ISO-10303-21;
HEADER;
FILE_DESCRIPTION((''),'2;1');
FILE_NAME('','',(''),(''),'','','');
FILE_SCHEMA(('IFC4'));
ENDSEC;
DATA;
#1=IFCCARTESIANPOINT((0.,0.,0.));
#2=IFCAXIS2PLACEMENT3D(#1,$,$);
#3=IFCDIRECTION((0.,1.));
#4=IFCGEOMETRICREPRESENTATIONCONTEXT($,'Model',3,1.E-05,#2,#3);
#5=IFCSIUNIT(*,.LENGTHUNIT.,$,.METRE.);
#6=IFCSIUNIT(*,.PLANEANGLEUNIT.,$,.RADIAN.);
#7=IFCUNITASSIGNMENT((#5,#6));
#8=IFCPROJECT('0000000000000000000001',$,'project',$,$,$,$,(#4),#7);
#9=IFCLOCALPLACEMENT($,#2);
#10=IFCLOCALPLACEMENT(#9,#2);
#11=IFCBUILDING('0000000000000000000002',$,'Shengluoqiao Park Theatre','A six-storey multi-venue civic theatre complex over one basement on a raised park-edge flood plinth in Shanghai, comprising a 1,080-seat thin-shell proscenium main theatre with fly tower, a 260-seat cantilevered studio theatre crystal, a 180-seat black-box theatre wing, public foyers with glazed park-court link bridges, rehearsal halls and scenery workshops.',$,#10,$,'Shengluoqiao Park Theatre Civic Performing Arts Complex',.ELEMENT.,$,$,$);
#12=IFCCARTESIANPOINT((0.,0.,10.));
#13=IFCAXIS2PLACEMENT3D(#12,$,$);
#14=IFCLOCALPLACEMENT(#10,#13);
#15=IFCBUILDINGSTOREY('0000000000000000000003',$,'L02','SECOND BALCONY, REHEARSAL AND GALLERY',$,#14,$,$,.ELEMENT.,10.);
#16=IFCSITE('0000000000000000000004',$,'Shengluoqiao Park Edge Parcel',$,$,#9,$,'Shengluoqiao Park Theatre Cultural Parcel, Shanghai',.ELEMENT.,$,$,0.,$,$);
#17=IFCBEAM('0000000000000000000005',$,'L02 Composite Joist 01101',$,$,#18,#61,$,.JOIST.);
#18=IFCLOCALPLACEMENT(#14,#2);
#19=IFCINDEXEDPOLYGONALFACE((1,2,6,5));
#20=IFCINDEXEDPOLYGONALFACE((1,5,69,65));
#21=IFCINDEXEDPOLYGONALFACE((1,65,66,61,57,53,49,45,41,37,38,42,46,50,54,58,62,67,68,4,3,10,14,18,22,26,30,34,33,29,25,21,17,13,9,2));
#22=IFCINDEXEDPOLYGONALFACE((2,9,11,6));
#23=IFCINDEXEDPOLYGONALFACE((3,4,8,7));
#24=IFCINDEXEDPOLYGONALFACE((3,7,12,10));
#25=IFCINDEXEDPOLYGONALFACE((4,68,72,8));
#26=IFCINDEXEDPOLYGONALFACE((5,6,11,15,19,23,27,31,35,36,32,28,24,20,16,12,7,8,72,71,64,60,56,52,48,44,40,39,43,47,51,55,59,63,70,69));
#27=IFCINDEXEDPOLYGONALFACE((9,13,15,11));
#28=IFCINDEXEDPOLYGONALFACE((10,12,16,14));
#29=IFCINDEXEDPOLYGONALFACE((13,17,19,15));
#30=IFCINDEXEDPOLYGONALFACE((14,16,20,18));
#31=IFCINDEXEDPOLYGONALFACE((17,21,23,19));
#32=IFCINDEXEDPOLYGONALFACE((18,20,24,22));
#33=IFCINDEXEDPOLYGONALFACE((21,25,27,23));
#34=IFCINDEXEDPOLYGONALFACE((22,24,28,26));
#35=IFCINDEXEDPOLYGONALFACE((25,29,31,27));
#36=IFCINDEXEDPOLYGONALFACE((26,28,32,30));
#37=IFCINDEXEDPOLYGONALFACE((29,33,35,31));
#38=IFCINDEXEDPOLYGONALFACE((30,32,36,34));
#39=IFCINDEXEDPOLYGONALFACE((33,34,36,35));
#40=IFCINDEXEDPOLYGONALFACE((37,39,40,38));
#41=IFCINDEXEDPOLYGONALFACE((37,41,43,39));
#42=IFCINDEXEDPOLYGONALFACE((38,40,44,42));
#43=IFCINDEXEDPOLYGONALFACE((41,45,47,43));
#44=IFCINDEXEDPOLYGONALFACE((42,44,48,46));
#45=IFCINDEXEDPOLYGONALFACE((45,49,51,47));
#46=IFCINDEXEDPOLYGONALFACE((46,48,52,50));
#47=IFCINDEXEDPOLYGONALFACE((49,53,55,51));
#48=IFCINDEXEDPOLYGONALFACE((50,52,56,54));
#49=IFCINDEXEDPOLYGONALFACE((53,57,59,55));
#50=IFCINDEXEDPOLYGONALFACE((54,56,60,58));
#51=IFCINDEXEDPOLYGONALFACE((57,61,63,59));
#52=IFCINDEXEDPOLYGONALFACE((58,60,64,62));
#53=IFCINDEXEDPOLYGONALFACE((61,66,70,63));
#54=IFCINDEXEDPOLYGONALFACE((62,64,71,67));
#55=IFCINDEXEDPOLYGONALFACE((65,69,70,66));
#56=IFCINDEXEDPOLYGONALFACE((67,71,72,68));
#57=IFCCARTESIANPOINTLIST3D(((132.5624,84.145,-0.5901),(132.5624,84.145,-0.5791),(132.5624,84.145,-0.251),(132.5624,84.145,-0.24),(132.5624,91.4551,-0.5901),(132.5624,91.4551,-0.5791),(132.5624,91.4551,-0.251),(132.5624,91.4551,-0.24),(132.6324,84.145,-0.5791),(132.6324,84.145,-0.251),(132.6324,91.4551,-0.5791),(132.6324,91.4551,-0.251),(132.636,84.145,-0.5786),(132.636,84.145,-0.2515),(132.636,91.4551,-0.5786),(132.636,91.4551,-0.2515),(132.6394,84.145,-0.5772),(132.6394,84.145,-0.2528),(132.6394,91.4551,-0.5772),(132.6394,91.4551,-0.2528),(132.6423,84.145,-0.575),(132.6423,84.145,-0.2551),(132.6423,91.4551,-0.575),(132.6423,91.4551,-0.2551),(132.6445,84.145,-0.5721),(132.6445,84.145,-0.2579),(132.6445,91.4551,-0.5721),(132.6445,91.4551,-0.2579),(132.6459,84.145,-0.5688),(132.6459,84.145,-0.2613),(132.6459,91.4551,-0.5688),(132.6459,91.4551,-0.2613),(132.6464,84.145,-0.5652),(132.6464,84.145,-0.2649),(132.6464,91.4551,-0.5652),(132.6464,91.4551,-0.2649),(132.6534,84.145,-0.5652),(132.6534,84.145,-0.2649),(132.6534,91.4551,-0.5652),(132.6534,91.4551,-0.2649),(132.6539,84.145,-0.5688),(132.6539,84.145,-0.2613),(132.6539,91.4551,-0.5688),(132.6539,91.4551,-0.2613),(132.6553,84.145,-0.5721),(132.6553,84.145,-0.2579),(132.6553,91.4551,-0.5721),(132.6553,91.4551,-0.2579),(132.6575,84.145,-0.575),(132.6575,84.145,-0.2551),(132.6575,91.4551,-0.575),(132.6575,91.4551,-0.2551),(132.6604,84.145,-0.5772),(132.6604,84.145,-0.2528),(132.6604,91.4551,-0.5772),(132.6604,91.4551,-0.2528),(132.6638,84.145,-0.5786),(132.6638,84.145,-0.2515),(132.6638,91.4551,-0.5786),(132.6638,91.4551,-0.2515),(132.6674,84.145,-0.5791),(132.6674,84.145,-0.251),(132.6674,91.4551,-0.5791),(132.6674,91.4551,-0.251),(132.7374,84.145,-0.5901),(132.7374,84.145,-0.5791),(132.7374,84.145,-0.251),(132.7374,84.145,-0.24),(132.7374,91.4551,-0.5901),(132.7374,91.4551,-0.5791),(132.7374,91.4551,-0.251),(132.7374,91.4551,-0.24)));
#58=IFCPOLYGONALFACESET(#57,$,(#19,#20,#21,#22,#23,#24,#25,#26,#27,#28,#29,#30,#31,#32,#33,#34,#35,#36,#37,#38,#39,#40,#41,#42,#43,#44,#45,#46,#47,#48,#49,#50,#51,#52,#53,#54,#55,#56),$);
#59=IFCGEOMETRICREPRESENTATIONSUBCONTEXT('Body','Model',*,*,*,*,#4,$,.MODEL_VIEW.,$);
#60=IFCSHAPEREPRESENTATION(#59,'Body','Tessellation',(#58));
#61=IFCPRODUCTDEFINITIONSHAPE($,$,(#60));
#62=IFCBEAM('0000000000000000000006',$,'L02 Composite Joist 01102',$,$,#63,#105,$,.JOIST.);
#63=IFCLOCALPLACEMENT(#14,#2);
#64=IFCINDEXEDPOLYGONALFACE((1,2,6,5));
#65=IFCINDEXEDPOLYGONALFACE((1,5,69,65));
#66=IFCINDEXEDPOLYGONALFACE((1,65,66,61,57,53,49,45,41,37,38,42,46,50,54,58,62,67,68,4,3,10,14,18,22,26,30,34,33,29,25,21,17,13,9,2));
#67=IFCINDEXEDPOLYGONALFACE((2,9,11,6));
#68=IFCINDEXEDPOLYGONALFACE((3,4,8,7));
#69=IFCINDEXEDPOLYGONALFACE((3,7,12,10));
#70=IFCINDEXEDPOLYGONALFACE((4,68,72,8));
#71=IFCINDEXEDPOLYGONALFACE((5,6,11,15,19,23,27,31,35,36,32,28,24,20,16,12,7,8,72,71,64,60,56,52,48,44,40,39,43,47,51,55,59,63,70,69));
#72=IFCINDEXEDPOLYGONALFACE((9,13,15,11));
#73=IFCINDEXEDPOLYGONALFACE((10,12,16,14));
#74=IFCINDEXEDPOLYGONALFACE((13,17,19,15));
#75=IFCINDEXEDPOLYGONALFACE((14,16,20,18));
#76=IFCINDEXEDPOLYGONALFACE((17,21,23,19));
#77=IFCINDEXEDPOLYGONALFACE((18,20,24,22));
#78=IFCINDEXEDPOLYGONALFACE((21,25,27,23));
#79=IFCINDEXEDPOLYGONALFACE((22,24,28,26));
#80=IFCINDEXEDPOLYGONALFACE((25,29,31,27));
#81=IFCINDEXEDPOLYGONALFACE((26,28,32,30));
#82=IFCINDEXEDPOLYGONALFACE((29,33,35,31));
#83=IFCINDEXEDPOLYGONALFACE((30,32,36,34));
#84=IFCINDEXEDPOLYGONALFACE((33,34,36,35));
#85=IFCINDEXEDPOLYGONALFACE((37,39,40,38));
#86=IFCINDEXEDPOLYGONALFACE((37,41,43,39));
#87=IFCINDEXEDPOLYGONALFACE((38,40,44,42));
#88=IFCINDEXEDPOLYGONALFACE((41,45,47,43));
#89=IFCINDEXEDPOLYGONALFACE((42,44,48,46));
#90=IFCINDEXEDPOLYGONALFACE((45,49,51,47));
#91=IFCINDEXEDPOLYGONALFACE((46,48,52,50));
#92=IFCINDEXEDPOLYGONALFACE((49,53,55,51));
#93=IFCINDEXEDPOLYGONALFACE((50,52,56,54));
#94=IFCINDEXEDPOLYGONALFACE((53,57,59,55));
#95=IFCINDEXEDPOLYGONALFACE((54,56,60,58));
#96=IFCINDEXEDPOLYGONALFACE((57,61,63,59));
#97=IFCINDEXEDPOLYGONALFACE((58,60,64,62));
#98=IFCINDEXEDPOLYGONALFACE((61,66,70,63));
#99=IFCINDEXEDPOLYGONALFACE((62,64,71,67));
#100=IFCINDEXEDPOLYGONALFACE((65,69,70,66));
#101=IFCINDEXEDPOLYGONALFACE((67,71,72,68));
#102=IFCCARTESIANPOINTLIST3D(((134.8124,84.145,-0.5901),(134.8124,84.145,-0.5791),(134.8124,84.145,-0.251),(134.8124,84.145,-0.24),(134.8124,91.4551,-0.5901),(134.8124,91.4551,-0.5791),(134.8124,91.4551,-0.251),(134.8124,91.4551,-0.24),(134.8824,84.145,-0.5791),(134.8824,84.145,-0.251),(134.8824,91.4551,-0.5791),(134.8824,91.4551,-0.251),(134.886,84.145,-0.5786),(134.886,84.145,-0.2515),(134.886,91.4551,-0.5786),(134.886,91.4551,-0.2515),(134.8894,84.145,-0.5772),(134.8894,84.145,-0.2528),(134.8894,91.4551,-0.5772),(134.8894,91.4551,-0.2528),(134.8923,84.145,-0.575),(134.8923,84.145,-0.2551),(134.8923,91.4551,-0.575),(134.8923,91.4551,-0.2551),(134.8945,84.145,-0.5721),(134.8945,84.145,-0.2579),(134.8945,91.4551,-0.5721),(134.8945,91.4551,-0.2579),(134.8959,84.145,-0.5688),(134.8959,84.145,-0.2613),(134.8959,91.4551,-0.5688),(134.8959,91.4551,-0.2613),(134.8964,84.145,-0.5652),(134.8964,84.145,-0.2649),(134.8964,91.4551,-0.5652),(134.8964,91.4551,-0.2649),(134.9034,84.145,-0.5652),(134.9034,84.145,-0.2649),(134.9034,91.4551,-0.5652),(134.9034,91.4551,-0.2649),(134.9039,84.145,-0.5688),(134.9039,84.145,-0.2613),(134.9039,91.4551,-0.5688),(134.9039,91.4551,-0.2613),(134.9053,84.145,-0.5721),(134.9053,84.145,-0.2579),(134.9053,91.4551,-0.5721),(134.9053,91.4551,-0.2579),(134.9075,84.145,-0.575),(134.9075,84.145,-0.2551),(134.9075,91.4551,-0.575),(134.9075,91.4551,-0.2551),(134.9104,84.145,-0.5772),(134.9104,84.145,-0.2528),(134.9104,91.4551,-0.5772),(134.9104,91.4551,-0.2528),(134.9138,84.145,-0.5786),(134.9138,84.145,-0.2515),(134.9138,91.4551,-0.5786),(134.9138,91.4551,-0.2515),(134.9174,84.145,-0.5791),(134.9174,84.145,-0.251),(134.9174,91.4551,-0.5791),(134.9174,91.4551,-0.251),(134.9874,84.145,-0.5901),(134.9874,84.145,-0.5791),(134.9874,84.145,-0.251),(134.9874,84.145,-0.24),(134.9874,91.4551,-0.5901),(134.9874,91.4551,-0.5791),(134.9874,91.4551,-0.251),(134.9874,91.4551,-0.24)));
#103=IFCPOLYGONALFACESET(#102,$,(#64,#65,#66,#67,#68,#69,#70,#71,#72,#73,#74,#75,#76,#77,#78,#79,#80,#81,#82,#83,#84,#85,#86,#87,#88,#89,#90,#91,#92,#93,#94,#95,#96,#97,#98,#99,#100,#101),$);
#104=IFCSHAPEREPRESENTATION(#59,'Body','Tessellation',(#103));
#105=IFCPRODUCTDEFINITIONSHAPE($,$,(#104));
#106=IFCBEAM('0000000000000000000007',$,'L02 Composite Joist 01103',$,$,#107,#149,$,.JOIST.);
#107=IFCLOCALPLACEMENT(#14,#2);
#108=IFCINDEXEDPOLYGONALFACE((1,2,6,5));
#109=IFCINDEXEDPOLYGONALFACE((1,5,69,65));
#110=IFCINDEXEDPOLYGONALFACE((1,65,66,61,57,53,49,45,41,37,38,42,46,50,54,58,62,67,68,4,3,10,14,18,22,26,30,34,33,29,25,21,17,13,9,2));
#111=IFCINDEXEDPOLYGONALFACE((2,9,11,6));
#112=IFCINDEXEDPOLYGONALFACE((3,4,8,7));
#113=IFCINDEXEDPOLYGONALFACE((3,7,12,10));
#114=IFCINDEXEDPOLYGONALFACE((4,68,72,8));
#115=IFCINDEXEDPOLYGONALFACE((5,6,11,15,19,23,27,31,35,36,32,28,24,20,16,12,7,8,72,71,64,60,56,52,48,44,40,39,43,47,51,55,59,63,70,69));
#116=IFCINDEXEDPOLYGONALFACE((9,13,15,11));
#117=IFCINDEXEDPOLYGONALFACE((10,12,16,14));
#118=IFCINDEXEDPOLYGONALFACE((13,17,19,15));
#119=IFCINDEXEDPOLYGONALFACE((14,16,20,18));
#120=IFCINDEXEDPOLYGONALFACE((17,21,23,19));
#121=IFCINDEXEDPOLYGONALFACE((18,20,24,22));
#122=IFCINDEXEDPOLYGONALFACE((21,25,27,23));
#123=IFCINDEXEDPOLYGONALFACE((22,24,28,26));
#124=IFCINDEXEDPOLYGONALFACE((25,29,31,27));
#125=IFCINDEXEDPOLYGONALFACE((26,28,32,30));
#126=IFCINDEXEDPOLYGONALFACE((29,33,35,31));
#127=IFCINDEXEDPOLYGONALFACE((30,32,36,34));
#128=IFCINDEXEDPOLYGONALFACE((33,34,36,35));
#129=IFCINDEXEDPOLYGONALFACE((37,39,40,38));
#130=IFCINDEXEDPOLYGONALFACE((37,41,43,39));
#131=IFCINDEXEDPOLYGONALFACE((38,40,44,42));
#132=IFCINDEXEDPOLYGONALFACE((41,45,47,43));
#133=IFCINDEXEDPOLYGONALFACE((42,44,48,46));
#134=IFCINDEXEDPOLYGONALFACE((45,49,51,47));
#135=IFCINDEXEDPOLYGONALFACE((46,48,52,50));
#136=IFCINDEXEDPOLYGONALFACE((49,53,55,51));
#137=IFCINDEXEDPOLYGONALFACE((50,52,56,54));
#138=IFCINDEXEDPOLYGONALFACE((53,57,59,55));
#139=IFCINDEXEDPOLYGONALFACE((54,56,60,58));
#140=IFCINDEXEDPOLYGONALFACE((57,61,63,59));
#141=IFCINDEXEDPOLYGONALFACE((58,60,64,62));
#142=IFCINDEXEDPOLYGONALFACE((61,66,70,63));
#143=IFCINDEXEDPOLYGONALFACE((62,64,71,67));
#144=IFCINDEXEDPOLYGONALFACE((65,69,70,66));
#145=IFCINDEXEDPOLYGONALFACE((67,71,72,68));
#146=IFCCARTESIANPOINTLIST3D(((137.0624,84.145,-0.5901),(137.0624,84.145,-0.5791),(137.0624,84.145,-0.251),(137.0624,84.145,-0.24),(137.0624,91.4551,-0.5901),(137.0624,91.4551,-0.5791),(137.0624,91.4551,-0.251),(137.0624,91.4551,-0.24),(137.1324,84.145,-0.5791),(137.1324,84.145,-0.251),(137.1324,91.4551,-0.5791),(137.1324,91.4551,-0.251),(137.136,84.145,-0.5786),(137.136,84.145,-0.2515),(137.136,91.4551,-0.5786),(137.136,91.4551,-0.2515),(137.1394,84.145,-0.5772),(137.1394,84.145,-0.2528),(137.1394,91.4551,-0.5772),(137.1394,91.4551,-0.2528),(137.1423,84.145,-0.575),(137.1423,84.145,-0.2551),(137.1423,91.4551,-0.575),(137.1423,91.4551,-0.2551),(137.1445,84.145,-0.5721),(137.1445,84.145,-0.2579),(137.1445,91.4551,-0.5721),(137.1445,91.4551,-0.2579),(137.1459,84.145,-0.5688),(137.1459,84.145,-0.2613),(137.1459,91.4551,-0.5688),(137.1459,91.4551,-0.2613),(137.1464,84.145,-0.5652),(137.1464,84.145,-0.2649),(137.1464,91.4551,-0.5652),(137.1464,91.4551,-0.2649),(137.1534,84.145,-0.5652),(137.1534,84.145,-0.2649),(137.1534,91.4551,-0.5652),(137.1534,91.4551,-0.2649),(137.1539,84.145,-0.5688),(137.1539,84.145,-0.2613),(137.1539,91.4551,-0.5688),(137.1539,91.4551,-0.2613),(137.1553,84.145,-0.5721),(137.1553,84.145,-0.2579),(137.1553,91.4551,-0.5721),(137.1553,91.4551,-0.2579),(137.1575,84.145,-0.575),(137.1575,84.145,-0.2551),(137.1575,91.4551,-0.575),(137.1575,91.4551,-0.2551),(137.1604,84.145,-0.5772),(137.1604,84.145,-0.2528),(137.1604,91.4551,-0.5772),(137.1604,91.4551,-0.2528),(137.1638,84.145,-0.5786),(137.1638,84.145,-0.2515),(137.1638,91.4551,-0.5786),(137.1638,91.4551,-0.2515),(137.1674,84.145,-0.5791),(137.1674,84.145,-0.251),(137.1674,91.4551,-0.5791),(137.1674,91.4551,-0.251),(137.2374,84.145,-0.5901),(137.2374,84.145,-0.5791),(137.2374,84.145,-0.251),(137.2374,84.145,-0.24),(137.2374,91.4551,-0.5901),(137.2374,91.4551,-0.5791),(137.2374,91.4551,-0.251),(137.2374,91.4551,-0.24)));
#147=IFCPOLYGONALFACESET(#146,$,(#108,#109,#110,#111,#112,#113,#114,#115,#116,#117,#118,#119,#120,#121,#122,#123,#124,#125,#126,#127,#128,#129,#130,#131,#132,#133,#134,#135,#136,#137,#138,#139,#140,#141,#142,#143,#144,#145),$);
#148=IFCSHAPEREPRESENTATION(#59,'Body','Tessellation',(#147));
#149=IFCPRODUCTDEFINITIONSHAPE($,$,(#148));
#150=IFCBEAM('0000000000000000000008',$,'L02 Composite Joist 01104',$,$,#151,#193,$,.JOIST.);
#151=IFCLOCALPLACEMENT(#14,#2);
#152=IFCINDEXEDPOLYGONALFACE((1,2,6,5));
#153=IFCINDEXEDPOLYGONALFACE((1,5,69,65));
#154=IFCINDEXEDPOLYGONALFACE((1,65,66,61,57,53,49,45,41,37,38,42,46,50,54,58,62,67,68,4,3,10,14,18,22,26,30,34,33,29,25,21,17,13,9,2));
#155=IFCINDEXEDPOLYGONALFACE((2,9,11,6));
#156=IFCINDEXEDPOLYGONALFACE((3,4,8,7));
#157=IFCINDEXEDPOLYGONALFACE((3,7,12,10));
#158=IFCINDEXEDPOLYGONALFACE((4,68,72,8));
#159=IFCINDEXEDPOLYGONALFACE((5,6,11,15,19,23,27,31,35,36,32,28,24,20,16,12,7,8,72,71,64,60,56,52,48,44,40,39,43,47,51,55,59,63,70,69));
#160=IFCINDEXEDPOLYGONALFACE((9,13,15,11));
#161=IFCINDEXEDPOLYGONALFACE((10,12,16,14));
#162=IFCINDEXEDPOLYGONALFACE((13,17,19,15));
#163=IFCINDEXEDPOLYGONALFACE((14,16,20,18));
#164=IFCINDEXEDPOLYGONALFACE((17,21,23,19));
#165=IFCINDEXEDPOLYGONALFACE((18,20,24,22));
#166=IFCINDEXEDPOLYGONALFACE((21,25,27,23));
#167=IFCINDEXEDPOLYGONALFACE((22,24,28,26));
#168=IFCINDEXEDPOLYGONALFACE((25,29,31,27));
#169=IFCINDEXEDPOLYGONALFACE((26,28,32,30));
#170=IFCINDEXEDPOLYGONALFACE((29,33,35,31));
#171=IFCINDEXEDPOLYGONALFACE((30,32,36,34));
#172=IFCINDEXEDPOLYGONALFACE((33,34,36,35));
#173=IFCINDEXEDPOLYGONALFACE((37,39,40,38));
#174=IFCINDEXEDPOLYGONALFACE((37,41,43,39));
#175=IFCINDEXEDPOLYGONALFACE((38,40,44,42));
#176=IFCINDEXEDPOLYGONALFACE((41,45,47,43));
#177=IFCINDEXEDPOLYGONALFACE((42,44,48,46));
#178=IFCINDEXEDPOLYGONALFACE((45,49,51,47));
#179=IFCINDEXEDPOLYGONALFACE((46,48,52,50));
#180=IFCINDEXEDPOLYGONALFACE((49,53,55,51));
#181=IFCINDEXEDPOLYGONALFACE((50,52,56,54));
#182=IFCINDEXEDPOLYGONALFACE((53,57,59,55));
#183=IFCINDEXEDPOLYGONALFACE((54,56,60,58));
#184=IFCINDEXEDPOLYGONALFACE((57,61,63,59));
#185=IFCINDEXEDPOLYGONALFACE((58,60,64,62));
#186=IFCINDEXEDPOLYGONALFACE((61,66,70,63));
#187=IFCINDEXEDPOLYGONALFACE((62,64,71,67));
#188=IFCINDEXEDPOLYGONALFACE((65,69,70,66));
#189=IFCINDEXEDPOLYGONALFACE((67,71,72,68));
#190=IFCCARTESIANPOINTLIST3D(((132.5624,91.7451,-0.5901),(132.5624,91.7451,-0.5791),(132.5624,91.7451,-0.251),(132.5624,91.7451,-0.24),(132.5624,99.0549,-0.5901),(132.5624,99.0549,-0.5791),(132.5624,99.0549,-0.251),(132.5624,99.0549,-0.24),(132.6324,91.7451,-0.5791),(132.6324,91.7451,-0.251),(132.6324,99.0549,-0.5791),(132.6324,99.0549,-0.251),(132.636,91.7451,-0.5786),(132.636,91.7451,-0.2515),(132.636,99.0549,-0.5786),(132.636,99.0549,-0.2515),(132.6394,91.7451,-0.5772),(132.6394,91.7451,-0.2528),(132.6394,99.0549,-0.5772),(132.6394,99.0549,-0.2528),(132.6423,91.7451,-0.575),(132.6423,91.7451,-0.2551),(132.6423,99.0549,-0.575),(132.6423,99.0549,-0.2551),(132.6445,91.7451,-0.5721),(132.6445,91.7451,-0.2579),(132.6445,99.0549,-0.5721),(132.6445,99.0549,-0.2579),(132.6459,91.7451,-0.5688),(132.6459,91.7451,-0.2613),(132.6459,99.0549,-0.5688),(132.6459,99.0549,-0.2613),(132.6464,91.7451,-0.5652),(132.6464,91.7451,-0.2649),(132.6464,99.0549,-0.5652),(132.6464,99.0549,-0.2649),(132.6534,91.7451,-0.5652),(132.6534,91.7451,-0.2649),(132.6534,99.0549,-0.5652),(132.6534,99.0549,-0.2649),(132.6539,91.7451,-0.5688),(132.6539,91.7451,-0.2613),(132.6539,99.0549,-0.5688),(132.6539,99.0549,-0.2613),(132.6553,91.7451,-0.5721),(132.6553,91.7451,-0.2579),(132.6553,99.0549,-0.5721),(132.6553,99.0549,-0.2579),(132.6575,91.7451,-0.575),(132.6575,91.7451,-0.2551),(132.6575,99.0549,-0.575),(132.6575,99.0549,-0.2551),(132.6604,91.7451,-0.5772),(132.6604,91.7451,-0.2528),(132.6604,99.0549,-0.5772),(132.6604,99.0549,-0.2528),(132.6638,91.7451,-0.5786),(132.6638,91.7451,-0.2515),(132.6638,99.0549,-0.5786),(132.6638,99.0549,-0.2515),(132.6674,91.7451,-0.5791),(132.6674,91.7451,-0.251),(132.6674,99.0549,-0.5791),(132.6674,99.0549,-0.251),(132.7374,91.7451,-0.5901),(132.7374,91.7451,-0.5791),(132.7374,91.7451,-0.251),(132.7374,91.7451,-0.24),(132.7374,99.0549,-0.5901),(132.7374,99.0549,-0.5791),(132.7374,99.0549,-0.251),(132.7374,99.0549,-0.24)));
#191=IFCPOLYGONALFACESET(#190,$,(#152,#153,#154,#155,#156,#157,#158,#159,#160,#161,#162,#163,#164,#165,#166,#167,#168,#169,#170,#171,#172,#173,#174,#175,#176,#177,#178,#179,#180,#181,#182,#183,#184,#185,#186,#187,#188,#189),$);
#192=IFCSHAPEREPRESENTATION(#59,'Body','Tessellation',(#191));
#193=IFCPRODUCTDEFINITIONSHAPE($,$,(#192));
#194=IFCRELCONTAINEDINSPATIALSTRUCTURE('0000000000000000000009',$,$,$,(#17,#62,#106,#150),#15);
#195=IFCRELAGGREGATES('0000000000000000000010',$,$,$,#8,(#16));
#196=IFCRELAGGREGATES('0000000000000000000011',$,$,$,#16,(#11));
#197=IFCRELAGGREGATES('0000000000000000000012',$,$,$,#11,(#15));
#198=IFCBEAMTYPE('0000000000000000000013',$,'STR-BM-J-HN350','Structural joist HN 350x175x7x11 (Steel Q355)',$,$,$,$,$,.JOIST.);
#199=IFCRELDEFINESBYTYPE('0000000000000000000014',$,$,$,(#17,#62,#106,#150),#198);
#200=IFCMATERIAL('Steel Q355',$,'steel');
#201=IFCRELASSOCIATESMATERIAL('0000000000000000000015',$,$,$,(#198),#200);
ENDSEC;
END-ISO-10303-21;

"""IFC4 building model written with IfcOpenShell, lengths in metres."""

from ifc_helpers import new_model, si_unit, direction, frame, origin, origin_2d, place, context, subcontext, project, spatial, i_section, extrude, material, material_profile, profile_set, type_object, element, save


model = new_model("IFC4")

# Units and contexts
model_context = context("Model", 3, precision=1e-05, world=origin(), true_north=direction((0.0, 1.0)))
body_context = subcontext(model_context, "Body", "Model", "MODEL_VIEW")
ifc_project = project(units=[si_unit("LENGTHUNIT", "METRE"), si_unit("PLANEANGLEUNIT", "RADIAN")], contexts=[model_context])

# Site, building, storey
site_placement = place(None, origin())
site = spatial("IfcSite", under=ifc_project, at=site_placement, Name="Shengluoqiao Park Edge Parcel", LongName="Shengluoqiao Park Theatre Cultural Parcel, Shanghai", CompositionType="ELEMENT", RefElevation=0.0)
building_placement = place(site_placement, origin())
building = spatial("IfcBuilding", under=site, at=building_placement, Name="Shengluoqiao Park Theatre", Description="A six-storey multi-venue civic theatre complex over one basement on a raised park-edge flood plinth in Shanghai, comprising a 1,080-seat thin-shell proscenium main theatre with fly tower, a 260-seat cantilevered studio theatre crystal, a 180-seat black-box theatre wing, public foyers with glazed park-court link bridges, rehearsal halls and scenery workshops.", LongName="Shengluoqiao Park Theatre Civic Performing Arts Complex", CompositionType="ELEMENT")
storey_placement = place(building_placement, frame((0.0, 0.0, 10.0)))
storey = spatial("IfcBuildingStorey", under=building, at=storey_placement, Name="L02", Description="SECOND BALCONY, REHEARSAL AND GALLERY", CompositionType="ELEMENT", Elevation=10.0)

# Beams
ifc_material_1 = material(Name="Steel Q355", Category="steel")
ifc_material_profile_1 = material_profile(ifc_material_1, i_section(OverallWidth=0.175, OverallDepth=0.3501, WebThickness=0.0071, FlangeThickness=0.011, FilletRadius=0.0139, at=origin_2d()), Name="HN 350x175x7x11")
ifc_profile_set_1 = profile_set([ifc_material_profile_1], Name="Steel Q355")
beam_type_1 = type_object("IfcBeamType", Name="STR-BM-J-HN350", Description="Structural joist HN 350x175x7x11 (Steel Q355)", PredefinedType="JOIST", material=ifc_profile_set_1)
for number, where, z_axis, x_axis, name in (
    (1, (132.6499, 84.145, -0.415), (0.0, 1.0, 0.0), (-1.0, 0.0, 0.0), "L02 Composite Joist 01101"),
    (2, (134.8999, 84.145, -0.415), (0.0, 1.0, 0.0), (-1.0, 0.0, 0.0), "L02 Composite Joist 01102"),
    (3, (137.1499, 84.145, -0.415), (0.0, 1.0, 0.0), (-1.0, 0.0, 0.0), "L02 Composite Joist 01103"),
):
    element("IfcBeam", number, at=place(storey_placement, frame(where, z_axis=z_axis, x_axis=x_axis)), inside=storey, type_object=beam_type_1, Name=name, PredefinedType="JOIST", context=body_context, shape_type="SweptSolid", body=[
        extrude(i_section(OverallWidth=0.175, OverallDepth=0.3501, WebThickness=0.0071, FlangeThickness=0.011, FilletRadius=0.0139, at=origin_2d()), origin(), (0.0, 0.0, 1.0), 7.3101),
    ])
for number, where, z_axis, x_axis, name in (
    (4, (132.6499, 91.7451, -0.415), (0.0, 1.0, 0.0), (-1.0, 0.0, 0.0), "L02 Composite Joist 01104"),
):
    element("IfcBeam", number, at=place(storey_placement, frame(where, z_axis=z_axis, x_axis=x_axis)), inside=storey, type_object=beam_type_1, Name=name, PredefinedType="JOIST", context=body_context, shape_type="SweptSolid", body=[
        extrude(i_section(OverallWidth=0.175, OverallDepth=0.3501, WebThickness=0.0071, FlangeThickness=0.011, FilletRadius=0.0139, at=origin_2d()), origin(), (0.0, 0.0, 1.0), 7.3098),
    ])

save(model, "model.ifc")
